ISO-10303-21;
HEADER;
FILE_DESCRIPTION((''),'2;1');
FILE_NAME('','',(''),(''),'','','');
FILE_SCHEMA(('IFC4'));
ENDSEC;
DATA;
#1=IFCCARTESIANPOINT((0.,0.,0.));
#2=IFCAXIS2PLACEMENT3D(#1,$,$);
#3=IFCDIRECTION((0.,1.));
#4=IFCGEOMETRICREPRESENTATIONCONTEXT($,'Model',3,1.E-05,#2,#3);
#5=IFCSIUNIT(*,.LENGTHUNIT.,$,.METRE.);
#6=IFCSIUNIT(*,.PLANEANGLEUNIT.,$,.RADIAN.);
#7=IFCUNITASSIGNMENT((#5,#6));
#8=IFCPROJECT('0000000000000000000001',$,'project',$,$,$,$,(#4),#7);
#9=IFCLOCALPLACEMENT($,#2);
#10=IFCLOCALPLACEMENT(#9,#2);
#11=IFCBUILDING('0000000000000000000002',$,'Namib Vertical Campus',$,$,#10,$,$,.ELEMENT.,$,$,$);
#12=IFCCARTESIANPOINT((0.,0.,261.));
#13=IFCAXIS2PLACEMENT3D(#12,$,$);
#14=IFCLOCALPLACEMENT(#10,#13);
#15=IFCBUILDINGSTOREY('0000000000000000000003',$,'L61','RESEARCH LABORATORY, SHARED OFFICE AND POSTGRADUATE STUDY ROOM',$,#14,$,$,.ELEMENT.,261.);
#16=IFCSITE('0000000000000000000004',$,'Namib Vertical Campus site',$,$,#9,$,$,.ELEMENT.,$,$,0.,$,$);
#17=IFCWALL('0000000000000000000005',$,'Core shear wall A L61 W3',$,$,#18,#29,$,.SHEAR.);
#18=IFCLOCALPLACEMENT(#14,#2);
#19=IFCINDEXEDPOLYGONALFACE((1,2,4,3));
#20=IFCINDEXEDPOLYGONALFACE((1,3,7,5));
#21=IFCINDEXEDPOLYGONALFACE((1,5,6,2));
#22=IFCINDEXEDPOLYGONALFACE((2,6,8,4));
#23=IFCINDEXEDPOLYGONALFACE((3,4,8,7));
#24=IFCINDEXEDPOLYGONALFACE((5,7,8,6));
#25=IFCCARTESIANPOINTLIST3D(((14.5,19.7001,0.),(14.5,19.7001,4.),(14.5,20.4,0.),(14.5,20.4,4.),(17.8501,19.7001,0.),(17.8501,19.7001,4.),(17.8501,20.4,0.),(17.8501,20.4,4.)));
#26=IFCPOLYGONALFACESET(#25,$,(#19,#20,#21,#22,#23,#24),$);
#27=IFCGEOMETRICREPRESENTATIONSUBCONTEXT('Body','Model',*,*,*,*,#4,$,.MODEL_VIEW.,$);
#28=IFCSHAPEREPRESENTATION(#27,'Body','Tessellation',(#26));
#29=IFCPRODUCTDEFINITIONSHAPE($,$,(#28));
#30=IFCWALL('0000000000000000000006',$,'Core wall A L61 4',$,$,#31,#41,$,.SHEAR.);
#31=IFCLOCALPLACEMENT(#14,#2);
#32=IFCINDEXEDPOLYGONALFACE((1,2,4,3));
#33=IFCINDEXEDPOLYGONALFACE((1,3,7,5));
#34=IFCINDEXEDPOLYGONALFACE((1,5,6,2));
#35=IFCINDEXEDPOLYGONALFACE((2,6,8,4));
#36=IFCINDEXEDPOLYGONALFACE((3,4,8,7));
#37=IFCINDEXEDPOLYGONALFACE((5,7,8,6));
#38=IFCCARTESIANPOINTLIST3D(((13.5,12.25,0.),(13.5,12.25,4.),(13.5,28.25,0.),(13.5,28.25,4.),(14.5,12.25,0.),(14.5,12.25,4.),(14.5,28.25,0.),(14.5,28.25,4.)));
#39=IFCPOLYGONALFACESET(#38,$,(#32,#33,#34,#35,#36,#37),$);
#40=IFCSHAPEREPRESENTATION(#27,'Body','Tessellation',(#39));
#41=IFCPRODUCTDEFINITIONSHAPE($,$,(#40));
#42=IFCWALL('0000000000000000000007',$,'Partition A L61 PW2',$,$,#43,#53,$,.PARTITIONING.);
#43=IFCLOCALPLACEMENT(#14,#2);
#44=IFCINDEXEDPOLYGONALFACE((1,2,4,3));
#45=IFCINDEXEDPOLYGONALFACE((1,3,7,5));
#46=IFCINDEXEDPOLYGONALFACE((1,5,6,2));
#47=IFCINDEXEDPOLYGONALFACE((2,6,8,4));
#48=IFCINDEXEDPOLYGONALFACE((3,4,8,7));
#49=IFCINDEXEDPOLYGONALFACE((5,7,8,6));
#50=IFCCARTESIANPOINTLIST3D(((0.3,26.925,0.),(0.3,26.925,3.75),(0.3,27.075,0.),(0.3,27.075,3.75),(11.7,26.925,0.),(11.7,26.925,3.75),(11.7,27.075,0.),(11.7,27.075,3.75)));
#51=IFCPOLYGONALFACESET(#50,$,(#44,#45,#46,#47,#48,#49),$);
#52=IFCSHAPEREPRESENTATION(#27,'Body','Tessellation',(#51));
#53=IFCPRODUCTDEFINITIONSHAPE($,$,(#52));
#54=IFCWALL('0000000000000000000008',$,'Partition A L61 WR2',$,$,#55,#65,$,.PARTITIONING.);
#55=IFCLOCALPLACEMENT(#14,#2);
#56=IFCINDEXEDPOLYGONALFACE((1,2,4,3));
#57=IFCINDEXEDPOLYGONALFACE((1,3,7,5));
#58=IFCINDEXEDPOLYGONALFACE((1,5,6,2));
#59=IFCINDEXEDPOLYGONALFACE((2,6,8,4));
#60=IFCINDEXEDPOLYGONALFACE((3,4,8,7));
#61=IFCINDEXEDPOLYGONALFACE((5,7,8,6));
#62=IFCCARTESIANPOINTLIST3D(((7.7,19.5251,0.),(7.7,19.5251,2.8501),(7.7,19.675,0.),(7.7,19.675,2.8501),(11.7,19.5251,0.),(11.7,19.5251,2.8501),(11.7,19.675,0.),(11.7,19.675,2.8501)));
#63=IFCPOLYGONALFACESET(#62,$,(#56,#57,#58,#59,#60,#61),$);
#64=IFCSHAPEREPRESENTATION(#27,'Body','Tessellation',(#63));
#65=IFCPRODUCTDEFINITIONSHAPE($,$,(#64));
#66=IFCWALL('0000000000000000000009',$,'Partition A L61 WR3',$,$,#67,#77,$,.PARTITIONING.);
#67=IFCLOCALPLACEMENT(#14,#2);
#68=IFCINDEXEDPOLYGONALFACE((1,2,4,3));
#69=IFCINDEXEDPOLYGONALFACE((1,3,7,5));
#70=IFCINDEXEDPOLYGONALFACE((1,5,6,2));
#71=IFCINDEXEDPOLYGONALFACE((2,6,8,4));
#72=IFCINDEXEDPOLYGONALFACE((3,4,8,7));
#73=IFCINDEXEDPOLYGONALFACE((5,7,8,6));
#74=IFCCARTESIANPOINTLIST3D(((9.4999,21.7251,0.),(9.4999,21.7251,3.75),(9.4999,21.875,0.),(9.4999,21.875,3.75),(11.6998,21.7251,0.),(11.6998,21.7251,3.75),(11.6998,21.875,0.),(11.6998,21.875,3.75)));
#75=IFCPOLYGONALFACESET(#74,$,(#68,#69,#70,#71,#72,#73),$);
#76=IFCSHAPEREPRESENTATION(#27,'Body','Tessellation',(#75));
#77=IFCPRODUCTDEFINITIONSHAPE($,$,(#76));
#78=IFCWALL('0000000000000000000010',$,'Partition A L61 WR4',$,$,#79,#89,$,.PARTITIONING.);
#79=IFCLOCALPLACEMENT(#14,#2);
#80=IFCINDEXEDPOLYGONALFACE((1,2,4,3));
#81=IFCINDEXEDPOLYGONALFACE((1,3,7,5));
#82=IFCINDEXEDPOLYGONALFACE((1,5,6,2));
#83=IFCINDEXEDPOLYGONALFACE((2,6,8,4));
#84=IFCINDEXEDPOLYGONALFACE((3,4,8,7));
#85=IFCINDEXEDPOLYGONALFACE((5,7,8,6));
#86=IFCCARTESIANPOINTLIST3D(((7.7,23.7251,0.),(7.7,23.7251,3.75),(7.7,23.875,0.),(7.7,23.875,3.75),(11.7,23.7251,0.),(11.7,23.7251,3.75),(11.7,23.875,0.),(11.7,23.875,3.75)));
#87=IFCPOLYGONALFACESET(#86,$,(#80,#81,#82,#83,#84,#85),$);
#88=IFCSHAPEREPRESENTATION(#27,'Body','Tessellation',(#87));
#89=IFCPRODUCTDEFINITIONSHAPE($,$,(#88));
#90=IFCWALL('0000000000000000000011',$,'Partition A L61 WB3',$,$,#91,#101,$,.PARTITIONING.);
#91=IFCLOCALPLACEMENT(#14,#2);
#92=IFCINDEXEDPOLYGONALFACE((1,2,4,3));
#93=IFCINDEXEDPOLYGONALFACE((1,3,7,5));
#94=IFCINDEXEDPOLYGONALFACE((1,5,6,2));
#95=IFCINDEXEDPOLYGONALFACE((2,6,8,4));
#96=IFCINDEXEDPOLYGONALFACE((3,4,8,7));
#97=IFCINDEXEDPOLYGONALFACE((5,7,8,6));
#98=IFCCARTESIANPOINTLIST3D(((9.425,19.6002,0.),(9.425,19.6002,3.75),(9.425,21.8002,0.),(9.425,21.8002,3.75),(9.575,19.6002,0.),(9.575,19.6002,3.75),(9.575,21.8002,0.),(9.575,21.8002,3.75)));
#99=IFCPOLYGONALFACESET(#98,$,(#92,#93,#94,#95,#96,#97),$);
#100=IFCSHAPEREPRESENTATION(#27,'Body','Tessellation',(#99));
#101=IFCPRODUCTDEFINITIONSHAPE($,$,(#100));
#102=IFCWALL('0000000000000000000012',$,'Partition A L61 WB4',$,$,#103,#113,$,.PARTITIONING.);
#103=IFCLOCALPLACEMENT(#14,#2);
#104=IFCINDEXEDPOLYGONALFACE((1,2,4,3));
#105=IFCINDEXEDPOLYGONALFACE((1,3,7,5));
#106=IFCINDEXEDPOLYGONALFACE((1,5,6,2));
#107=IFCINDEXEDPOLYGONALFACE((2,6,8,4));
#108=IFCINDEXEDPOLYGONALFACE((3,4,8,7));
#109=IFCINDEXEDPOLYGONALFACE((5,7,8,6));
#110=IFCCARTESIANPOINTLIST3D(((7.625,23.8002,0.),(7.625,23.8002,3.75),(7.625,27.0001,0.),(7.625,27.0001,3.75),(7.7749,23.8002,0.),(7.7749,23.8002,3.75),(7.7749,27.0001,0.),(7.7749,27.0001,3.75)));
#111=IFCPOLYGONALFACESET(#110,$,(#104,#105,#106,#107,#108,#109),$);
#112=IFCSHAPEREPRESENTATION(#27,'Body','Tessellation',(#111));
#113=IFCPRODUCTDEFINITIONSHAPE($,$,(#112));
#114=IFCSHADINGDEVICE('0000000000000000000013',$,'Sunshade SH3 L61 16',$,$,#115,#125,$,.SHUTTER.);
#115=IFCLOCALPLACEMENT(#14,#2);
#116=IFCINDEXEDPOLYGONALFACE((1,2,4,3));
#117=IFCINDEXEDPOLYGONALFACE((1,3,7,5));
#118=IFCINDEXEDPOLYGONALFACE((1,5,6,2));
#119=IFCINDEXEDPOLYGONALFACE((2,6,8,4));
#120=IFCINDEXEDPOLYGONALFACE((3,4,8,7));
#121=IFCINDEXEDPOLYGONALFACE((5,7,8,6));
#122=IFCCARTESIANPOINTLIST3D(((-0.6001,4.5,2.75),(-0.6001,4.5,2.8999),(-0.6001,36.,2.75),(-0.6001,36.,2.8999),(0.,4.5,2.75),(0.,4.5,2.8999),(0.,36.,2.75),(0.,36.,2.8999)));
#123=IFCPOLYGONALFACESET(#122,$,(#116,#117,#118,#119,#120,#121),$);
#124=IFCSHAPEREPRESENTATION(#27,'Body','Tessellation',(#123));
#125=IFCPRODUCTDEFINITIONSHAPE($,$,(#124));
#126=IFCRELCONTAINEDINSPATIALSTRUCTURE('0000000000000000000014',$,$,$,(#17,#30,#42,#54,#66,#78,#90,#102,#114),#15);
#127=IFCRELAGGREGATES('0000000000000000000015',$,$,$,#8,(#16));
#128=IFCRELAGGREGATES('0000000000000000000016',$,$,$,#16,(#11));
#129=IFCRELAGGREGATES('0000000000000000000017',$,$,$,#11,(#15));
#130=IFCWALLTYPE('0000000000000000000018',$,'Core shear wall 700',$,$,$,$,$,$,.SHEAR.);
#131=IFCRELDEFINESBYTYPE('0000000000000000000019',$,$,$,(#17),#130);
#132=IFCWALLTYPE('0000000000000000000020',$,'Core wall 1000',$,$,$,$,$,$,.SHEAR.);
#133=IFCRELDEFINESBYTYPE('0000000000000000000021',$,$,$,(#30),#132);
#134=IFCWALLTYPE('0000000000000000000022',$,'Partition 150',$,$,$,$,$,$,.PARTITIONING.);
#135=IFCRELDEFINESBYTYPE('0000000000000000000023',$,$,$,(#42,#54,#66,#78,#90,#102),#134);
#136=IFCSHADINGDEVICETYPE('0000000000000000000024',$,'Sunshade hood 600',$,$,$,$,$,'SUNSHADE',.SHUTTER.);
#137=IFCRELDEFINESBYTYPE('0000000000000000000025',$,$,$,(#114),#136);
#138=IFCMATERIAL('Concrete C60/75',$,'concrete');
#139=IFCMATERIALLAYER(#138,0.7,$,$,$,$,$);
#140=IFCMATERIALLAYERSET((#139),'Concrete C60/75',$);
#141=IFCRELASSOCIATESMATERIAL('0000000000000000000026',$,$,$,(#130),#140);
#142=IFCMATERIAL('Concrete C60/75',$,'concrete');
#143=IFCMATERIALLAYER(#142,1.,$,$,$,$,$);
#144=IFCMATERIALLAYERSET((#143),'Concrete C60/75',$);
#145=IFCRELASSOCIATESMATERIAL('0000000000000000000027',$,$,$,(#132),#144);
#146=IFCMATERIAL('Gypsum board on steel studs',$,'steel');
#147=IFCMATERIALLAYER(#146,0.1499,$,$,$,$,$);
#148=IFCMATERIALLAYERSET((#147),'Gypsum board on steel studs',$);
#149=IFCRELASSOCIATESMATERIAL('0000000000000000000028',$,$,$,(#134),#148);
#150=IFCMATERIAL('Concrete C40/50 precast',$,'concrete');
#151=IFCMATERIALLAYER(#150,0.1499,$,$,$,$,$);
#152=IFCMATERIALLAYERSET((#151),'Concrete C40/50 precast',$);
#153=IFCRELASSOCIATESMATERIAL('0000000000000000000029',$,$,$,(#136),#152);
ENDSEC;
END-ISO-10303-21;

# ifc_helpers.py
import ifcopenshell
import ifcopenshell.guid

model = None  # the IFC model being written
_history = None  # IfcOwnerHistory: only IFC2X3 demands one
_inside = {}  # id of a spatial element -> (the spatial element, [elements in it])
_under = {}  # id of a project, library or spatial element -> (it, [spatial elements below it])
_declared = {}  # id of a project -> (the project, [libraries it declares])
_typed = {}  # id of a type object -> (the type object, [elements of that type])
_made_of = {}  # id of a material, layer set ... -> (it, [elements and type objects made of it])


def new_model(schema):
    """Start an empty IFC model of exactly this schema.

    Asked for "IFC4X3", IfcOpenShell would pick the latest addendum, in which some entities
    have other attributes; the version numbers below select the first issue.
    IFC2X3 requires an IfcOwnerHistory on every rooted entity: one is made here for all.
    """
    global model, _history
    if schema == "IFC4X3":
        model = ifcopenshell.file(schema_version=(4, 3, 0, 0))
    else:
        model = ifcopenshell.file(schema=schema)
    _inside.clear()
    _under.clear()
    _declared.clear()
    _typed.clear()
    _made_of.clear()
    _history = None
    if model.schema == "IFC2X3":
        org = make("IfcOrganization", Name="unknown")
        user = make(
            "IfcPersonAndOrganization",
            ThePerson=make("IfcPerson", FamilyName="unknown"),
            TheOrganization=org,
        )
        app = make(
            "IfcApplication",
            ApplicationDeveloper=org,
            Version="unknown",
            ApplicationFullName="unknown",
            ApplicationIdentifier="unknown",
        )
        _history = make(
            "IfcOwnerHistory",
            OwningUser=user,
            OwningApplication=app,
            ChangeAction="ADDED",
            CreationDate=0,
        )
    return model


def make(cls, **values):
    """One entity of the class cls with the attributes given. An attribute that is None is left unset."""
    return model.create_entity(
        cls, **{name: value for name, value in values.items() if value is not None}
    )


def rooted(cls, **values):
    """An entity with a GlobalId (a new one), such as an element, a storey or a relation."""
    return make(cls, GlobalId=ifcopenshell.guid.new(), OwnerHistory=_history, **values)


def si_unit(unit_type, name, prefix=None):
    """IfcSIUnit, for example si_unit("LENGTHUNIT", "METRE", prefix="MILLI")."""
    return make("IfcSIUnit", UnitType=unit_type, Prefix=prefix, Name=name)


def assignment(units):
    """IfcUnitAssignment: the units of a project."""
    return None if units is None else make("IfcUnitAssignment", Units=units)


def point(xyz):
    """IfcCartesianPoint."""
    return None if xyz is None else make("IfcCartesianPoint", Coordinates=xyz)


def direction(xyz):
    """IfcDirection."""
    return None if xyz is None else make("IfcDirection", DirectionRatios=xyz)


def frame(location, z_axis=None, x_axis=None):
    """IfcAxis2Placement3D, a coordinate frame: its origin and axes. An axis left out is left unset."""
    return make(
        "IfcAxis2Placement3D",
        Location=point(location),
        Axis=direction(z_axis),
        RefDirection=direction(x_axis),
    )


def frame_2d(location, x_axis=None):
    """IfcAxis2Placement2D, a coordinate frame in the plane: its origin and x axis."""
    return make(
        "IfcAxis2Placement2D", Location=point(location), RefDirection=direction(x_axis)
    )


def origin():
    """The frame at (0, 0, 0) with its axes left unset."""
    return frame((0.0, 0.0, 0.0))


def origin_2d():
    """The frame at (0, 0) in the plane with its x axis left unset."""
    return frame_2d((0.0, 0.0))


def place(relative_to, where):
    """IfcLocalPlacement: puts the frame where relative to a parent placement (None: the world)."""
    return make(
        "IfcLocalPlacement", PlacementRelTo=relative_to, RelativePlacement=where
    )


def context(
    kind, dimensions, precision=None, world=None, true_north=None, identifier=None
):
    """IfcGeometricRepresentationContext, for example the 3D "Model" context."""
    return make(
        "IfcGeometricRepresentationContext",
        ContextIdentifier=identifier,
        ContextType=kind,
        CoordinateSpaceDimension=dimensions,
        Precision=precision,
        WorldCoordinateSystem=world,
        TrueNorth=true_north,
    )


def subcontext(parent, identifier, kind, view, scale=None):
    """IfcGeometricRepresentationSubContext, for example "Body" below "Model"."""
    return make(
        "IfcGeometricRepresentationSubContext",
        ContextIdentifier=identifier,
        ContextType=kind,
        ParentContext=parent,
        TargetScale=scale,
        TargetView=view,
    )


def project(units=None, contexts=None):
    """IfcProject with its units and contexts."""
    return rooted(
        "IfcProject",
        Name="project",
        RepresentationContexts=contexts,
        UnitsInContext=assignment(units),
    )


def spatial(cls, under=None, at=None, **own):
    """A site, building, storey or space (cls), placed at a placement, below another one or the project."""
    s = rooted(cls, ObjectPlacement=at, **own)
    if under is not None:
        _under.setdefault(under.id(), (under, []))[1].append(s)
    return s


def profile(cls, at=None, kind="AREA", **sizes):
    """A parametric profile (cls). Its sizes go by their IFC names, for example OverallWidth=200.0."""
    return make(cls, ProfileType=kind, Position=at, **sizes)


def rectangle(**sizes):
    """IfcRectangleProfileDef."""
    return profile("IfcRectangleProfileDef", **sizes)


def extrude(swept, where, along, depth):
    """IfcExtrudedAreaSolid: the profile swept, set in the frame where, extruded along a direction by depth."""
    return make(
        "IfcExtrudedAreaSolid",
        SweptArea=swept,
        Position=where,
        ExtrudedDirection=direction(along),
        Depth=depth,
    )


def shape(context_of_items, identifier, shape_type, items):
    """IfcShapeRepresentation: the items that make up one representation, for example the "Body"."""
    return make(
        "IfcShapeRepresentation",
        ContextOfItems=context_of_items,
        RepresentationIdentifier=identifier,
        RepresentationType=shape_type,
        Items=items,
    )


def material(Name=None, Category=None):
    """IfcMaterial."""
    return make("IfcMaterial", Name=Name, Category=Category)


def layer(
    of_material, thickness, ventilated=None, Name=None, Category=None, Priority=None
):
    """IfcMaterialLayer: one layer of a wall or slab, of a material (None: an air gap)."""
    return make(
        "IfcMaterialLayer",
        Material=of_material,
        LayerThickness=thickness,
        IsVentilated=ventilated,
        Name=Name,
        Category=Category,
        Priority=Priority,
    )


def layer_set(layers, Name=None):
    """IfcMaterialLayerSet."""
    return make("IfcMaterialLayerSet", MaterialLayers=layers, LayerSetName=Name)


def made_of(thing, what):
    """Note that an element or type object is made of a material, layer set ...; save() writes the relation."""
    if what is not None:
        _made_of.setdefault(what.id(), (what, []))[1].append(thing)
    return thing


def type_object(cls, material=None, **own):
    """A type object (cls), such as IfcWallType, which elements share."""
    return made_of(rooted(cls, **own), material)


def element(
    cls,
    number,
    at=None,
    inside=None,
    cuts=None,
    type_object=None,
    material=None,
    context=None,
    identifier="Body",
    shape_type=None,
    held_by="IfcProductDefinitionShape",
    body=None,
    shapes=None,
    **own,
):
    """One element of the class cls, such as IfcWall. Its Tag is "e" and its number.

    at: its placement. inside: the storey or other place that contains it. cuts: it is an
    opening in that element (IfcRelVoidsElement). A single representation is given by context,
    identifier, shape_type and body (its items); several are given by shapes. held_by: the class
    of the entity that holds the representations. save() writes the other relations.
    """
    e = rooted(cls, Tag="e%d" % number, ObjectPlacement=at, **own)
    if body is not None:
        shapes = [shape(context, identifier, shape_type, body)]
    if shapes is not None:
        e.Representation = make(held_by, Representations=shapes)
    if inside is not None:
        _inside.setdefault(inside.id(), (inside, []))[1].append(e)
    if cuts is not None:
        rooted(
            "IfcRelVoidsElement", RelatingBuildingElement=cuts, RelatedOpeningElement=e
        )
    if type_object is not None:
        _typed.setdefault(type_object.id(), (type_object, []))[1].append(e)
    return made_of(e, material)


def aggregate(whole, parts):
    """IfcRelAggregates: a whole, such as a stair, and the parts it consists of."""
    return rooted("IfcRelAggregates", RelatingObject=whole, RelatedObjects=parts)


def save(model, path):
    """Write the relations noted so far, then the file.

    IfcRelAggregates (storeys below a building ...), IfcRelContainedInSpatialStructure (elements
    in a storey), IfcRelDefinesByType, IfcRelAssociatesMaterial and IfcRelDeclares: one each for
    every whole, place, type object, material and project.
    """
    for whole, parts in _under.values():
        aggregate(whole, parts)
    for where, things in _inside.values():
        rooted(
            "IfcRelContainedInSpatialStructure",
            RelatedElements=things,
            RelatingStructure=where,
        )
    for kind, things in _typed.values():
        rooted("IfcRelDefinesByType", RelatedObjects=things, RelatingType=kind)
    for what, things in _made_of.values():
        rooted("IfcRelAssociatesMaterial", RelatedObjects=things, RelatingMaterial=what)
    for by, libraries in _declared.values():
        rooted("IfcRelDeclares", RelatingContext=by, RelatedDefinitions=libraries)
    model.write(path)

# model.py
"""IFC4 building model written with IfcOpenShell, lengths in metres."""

from ifc_helpers import new_model, si_unit, direction, frame, frame_2d, origin, origin_2d, place, context, subcontext, project, spatial, rectangle, extrude, material, layer, layer_set, type_object, element, save


model = new_model("IFC4")

# Units and contexts
model_context = context("Model", 3, precision=1e-05, world=origin(), true_north=direction((0.0, 1.0)))
body_context = subcontext(model_context, "Body", "Model", "MODEL_VIEW")
ifc_project = project(units=[si_unit("LENGTHUNIT", "METRE"), si_unit("PLANEANGLEUNIT", "RADIAN")], contexts=[model_context])

# Site, building, storey
site_placement = place(None, origin())
site = spatial("IfcSite", under=ifc_project, at=site_placement, Name="Namib Vertical Campus site", CompositionType="ELEMENT", RefElevation=0.0)
building_placement = place(site_placement, origin())
building = spatial("IfcBuilding", under=site, at=building_placement, Name="Namib Vertical Campus", CompositionType="ELEMENT")
storey_placement = place(building_placement, frame((0.0, 0.0, 261.0)))
storey = spatial("IfcBuildingStorey", under=building, at=storey_placement, Name="L61", Description="RESEARCH LABORATORY, SHARED OFFICE AND POSTGRADUATE STUDY ROOM", CompositionType="ELEMENT", Elevation=261.0)

# Walls
ifc_material_1 = material(Name="Concrete C60/75", Category="concrete")
ifc_layer_1 = layer(ifc_material_1, 0.7)
ifc_layer_set_1 = layer_set([ifc_layer_1], Name="Concrete C60/75")
wall_type_1 = type_object("IfcWallType", Name="Core shear wall 700", PredefinedType="SHEAR", material=ifc_layer_set_1)
wall_1_placement = place(storey_placement, frame((14.5, 20.05, 0.0), z_axis=(0.0, 0.0, 1.0), x_axis=(1.0, 0.0, 0.0)))
element("IfcWall", 1, at=wall_1_placement, inside=storey, type_object=wall_type_1, Name="Core shear wall A L61 W3", PredefinedType="SHEAR", context=body_context, shape_type="SweptSolid", body=[
    extrude(rectangle(XDim=3.3501, YDim=0.7, at=frame_2d((1.675, 0.0))), origin(), (0.0, 0.0, 1.0), 4.0),
])
ifc_material_2 = material(Name="Concrete C60/75", Category="concrete")
ifc_layer_2 = layer(ifc_material_2, 1.0)
ifc_layer_set_2 = layer_set([ifc_layer_2], Name="Concrete C60/75")
wall_type_2 = type_object("IfcWallType", Name="Core wall 1000", PredefinedType="SHEAR", material=ifc_layer_set_2)
wall_2_placement = place(storey_placement, frame((14.0, 28.25, 0.0), z_axis=(0.0, 0.0, 1.0), x_axis=(0.0, -1.0, 0.0)))
element("IfcWall", 2, at=wall_2_placement, inside=storey, type_object=wall_type_2, Name="Core wall A L61 4", PredefinedType="SHEAR", context=body_context, shape_type="SweptSolid", body=[
    extrude(rectangle(XDim=16.0, YDim=1.0, at=frame_2d((8.0, 0.0))), origin(), (0.0, 0.0, 1.0), 4.0),
])
ifc_material_3 = material(Name="Gypsum board on steel studs", Category="steel")
ifc_layer_3 = layer(ifc_material_3, 0.1499)
ifc_layer_set_3 = layer_set([ifc_layer_3], Name="Gypsum board on steel studs")
wall_type_3 = type_object("IfcWallType", Name="Partition 150", PredefinedType="PARTITIONING", material=ifc_layer_set_3)
wall_3_placement = place(storey_placement, frame((0.3, 27.0, 0.0), z_axis=(0.0, 0.0, 1.0), x_axis=(1.0, 0.0, 0.0)))
element("IfcWall", 3, at=wall_3_placement, inside=storey, type_object=wall_type_3, Name="Partition A L61 PW2", PredefinedType="PARTITIONING", context=body_context, shape_type="SweptSolid", body=[
    extrude(rectangle(XDim=11.3999, YDim=0.1499, at=frame_2d((5.7, 0.0))), origin(), (0.0, 0.0, 1.0), 3.75),
])
wall_4_placement = place(storey_placement, frame((11.7, 19.6001, 0.0), z_axis=(0.0, 0.0, 1.0), x_axis=(-1.0, 0.0, 0.0)))
element("IfcWall", 4, at=wall_4_placement, inside=storey, type_object=wall_type_3, Name="Partition A L61 WR2", PredefinedType="PARTITIONING", context=body_context, shape_type="SweptSolid", body=[
    extrude(rectangle(XDim=4.0, YDim=0.1499, at=frame_2d((2.0, 0.0))), origin(), (0.0, 0.0, 1.0), 2.8501),
])
wall_5_placement = place(storey_placement, frame((11.7, 21.8, 0.0), z_axis=(0.0, 0.0, 1.0), x_axis=(-1.0, 0.0, 0.0)))
element("IfcWall", 5, at=wall_5_placement, inside=storey, type_object=wall_type_3, Name="Partition A L61 WR3", PredefinedType="PARTITIONING", context=body_context, shape_type="SweptSolid", body=[
    extrude(rectangle(XDim=2.2, YDim=0.1499, at=frame_2d((1.1001, 0.0))), origin(), (0.0, 0.0, 1.0), 3.75),
])
wall_6_placement = place(storey_placement, frame((11.7, 23.8, 0.0), z_axis=(0.0, 0.0, 1.0), x_axis=(-1.0, 0.0, 0.0)))
element("IfcWall", 6, at=wall_6_placement, inside=storey, type_object=wall_type_3, Name="Partition A L61 WR4", PredefinedType="PARTITIONING", context=body_context, shape_type="SweptSolid", body=[
    extrude(rectangle(XDim=4.0, YDim=0.1499, at=frame_2d((2.0, 0.0))), origin(), (0.0, 0.0, 1.0), 3.75),
])
wall_7_placement = place(storey_placement, frame((9.5, 19.6001, 0.0), z_axis=(0.0, 0.0, 1.0), x_axis=(0.0, 1.0, 0.0)))
element("IfcWall", 7, at=wall_7_placement, inside=storey, type_object=wall_type_3, Name="Partition A L61 WB3", PredefinedType="PARTITIONING", context=body_context, shape_type="SweptSolid", body=[
    extrude(rectangle(XDim=2.2, YDim=0.1499, at=frame_2d((1.1001, 0.0))), origin(), (0.0, 0.0, 1.0), 3.75),
])
wall_8_placement = place(storey_placement, frame((7.7, 23.8, 0.0), z_axis=(0.0, 0.0, 1.0), x_axis=(0.0, 1.0, 0.0)))
element("IfcWall", 8, at=wall_8_placement, inside=storey, type_object=wall_type_3, Name="Partition A L61 WB4", PredefinedType="PARTITIONING", context=body_context, shape_type="SweptSolid", body=[
    extrude(rectangle(XDim=3.2, YDim=0.1499, at=frame_2d((1.6001, 0.0))), origin(), (0.0, 0.0, 1.0), 3.75),
])

# Shading device
ifc_material_4 = material(Name="Concrete C40/50 precast", Category="concrete")
ifc_layer_4 = layer(ifc_material_4, 0.1499)
ifc_layer_set_4 = layer_set([ifc_layer_4], Name="Concrete C40/50 precast")
shading_device_type = type_object("IfcShadingDeviceType", Name="Sunshade hood 600", ElementType="SUNSHADE", PredefinedType="SHUTTER", material=ifc_layer_set_4)
shading_device_placement = place(storey_placement, frame((-0.3, 20.25, 2.75), z_axis=(0.0, 0.0, 1.0), x_axis=(0.0, -1.0, 0.0)))
element("IfcShadingDevice", 9, at=shading_device_placement, inside=storey, type_object=shading_device_type, Name="Sunshade SH3 L61 16", PredefinedType="SHUTTER", context=body_context, shape_type="SweptSolid", body=[
    extrude(rectangle(XDim=31.5, YDim=0.6001, at=origin_2d()), origin(), (0.0, 0.0, 1.0), 0.1499),
])

save(model, "model.ifc")
